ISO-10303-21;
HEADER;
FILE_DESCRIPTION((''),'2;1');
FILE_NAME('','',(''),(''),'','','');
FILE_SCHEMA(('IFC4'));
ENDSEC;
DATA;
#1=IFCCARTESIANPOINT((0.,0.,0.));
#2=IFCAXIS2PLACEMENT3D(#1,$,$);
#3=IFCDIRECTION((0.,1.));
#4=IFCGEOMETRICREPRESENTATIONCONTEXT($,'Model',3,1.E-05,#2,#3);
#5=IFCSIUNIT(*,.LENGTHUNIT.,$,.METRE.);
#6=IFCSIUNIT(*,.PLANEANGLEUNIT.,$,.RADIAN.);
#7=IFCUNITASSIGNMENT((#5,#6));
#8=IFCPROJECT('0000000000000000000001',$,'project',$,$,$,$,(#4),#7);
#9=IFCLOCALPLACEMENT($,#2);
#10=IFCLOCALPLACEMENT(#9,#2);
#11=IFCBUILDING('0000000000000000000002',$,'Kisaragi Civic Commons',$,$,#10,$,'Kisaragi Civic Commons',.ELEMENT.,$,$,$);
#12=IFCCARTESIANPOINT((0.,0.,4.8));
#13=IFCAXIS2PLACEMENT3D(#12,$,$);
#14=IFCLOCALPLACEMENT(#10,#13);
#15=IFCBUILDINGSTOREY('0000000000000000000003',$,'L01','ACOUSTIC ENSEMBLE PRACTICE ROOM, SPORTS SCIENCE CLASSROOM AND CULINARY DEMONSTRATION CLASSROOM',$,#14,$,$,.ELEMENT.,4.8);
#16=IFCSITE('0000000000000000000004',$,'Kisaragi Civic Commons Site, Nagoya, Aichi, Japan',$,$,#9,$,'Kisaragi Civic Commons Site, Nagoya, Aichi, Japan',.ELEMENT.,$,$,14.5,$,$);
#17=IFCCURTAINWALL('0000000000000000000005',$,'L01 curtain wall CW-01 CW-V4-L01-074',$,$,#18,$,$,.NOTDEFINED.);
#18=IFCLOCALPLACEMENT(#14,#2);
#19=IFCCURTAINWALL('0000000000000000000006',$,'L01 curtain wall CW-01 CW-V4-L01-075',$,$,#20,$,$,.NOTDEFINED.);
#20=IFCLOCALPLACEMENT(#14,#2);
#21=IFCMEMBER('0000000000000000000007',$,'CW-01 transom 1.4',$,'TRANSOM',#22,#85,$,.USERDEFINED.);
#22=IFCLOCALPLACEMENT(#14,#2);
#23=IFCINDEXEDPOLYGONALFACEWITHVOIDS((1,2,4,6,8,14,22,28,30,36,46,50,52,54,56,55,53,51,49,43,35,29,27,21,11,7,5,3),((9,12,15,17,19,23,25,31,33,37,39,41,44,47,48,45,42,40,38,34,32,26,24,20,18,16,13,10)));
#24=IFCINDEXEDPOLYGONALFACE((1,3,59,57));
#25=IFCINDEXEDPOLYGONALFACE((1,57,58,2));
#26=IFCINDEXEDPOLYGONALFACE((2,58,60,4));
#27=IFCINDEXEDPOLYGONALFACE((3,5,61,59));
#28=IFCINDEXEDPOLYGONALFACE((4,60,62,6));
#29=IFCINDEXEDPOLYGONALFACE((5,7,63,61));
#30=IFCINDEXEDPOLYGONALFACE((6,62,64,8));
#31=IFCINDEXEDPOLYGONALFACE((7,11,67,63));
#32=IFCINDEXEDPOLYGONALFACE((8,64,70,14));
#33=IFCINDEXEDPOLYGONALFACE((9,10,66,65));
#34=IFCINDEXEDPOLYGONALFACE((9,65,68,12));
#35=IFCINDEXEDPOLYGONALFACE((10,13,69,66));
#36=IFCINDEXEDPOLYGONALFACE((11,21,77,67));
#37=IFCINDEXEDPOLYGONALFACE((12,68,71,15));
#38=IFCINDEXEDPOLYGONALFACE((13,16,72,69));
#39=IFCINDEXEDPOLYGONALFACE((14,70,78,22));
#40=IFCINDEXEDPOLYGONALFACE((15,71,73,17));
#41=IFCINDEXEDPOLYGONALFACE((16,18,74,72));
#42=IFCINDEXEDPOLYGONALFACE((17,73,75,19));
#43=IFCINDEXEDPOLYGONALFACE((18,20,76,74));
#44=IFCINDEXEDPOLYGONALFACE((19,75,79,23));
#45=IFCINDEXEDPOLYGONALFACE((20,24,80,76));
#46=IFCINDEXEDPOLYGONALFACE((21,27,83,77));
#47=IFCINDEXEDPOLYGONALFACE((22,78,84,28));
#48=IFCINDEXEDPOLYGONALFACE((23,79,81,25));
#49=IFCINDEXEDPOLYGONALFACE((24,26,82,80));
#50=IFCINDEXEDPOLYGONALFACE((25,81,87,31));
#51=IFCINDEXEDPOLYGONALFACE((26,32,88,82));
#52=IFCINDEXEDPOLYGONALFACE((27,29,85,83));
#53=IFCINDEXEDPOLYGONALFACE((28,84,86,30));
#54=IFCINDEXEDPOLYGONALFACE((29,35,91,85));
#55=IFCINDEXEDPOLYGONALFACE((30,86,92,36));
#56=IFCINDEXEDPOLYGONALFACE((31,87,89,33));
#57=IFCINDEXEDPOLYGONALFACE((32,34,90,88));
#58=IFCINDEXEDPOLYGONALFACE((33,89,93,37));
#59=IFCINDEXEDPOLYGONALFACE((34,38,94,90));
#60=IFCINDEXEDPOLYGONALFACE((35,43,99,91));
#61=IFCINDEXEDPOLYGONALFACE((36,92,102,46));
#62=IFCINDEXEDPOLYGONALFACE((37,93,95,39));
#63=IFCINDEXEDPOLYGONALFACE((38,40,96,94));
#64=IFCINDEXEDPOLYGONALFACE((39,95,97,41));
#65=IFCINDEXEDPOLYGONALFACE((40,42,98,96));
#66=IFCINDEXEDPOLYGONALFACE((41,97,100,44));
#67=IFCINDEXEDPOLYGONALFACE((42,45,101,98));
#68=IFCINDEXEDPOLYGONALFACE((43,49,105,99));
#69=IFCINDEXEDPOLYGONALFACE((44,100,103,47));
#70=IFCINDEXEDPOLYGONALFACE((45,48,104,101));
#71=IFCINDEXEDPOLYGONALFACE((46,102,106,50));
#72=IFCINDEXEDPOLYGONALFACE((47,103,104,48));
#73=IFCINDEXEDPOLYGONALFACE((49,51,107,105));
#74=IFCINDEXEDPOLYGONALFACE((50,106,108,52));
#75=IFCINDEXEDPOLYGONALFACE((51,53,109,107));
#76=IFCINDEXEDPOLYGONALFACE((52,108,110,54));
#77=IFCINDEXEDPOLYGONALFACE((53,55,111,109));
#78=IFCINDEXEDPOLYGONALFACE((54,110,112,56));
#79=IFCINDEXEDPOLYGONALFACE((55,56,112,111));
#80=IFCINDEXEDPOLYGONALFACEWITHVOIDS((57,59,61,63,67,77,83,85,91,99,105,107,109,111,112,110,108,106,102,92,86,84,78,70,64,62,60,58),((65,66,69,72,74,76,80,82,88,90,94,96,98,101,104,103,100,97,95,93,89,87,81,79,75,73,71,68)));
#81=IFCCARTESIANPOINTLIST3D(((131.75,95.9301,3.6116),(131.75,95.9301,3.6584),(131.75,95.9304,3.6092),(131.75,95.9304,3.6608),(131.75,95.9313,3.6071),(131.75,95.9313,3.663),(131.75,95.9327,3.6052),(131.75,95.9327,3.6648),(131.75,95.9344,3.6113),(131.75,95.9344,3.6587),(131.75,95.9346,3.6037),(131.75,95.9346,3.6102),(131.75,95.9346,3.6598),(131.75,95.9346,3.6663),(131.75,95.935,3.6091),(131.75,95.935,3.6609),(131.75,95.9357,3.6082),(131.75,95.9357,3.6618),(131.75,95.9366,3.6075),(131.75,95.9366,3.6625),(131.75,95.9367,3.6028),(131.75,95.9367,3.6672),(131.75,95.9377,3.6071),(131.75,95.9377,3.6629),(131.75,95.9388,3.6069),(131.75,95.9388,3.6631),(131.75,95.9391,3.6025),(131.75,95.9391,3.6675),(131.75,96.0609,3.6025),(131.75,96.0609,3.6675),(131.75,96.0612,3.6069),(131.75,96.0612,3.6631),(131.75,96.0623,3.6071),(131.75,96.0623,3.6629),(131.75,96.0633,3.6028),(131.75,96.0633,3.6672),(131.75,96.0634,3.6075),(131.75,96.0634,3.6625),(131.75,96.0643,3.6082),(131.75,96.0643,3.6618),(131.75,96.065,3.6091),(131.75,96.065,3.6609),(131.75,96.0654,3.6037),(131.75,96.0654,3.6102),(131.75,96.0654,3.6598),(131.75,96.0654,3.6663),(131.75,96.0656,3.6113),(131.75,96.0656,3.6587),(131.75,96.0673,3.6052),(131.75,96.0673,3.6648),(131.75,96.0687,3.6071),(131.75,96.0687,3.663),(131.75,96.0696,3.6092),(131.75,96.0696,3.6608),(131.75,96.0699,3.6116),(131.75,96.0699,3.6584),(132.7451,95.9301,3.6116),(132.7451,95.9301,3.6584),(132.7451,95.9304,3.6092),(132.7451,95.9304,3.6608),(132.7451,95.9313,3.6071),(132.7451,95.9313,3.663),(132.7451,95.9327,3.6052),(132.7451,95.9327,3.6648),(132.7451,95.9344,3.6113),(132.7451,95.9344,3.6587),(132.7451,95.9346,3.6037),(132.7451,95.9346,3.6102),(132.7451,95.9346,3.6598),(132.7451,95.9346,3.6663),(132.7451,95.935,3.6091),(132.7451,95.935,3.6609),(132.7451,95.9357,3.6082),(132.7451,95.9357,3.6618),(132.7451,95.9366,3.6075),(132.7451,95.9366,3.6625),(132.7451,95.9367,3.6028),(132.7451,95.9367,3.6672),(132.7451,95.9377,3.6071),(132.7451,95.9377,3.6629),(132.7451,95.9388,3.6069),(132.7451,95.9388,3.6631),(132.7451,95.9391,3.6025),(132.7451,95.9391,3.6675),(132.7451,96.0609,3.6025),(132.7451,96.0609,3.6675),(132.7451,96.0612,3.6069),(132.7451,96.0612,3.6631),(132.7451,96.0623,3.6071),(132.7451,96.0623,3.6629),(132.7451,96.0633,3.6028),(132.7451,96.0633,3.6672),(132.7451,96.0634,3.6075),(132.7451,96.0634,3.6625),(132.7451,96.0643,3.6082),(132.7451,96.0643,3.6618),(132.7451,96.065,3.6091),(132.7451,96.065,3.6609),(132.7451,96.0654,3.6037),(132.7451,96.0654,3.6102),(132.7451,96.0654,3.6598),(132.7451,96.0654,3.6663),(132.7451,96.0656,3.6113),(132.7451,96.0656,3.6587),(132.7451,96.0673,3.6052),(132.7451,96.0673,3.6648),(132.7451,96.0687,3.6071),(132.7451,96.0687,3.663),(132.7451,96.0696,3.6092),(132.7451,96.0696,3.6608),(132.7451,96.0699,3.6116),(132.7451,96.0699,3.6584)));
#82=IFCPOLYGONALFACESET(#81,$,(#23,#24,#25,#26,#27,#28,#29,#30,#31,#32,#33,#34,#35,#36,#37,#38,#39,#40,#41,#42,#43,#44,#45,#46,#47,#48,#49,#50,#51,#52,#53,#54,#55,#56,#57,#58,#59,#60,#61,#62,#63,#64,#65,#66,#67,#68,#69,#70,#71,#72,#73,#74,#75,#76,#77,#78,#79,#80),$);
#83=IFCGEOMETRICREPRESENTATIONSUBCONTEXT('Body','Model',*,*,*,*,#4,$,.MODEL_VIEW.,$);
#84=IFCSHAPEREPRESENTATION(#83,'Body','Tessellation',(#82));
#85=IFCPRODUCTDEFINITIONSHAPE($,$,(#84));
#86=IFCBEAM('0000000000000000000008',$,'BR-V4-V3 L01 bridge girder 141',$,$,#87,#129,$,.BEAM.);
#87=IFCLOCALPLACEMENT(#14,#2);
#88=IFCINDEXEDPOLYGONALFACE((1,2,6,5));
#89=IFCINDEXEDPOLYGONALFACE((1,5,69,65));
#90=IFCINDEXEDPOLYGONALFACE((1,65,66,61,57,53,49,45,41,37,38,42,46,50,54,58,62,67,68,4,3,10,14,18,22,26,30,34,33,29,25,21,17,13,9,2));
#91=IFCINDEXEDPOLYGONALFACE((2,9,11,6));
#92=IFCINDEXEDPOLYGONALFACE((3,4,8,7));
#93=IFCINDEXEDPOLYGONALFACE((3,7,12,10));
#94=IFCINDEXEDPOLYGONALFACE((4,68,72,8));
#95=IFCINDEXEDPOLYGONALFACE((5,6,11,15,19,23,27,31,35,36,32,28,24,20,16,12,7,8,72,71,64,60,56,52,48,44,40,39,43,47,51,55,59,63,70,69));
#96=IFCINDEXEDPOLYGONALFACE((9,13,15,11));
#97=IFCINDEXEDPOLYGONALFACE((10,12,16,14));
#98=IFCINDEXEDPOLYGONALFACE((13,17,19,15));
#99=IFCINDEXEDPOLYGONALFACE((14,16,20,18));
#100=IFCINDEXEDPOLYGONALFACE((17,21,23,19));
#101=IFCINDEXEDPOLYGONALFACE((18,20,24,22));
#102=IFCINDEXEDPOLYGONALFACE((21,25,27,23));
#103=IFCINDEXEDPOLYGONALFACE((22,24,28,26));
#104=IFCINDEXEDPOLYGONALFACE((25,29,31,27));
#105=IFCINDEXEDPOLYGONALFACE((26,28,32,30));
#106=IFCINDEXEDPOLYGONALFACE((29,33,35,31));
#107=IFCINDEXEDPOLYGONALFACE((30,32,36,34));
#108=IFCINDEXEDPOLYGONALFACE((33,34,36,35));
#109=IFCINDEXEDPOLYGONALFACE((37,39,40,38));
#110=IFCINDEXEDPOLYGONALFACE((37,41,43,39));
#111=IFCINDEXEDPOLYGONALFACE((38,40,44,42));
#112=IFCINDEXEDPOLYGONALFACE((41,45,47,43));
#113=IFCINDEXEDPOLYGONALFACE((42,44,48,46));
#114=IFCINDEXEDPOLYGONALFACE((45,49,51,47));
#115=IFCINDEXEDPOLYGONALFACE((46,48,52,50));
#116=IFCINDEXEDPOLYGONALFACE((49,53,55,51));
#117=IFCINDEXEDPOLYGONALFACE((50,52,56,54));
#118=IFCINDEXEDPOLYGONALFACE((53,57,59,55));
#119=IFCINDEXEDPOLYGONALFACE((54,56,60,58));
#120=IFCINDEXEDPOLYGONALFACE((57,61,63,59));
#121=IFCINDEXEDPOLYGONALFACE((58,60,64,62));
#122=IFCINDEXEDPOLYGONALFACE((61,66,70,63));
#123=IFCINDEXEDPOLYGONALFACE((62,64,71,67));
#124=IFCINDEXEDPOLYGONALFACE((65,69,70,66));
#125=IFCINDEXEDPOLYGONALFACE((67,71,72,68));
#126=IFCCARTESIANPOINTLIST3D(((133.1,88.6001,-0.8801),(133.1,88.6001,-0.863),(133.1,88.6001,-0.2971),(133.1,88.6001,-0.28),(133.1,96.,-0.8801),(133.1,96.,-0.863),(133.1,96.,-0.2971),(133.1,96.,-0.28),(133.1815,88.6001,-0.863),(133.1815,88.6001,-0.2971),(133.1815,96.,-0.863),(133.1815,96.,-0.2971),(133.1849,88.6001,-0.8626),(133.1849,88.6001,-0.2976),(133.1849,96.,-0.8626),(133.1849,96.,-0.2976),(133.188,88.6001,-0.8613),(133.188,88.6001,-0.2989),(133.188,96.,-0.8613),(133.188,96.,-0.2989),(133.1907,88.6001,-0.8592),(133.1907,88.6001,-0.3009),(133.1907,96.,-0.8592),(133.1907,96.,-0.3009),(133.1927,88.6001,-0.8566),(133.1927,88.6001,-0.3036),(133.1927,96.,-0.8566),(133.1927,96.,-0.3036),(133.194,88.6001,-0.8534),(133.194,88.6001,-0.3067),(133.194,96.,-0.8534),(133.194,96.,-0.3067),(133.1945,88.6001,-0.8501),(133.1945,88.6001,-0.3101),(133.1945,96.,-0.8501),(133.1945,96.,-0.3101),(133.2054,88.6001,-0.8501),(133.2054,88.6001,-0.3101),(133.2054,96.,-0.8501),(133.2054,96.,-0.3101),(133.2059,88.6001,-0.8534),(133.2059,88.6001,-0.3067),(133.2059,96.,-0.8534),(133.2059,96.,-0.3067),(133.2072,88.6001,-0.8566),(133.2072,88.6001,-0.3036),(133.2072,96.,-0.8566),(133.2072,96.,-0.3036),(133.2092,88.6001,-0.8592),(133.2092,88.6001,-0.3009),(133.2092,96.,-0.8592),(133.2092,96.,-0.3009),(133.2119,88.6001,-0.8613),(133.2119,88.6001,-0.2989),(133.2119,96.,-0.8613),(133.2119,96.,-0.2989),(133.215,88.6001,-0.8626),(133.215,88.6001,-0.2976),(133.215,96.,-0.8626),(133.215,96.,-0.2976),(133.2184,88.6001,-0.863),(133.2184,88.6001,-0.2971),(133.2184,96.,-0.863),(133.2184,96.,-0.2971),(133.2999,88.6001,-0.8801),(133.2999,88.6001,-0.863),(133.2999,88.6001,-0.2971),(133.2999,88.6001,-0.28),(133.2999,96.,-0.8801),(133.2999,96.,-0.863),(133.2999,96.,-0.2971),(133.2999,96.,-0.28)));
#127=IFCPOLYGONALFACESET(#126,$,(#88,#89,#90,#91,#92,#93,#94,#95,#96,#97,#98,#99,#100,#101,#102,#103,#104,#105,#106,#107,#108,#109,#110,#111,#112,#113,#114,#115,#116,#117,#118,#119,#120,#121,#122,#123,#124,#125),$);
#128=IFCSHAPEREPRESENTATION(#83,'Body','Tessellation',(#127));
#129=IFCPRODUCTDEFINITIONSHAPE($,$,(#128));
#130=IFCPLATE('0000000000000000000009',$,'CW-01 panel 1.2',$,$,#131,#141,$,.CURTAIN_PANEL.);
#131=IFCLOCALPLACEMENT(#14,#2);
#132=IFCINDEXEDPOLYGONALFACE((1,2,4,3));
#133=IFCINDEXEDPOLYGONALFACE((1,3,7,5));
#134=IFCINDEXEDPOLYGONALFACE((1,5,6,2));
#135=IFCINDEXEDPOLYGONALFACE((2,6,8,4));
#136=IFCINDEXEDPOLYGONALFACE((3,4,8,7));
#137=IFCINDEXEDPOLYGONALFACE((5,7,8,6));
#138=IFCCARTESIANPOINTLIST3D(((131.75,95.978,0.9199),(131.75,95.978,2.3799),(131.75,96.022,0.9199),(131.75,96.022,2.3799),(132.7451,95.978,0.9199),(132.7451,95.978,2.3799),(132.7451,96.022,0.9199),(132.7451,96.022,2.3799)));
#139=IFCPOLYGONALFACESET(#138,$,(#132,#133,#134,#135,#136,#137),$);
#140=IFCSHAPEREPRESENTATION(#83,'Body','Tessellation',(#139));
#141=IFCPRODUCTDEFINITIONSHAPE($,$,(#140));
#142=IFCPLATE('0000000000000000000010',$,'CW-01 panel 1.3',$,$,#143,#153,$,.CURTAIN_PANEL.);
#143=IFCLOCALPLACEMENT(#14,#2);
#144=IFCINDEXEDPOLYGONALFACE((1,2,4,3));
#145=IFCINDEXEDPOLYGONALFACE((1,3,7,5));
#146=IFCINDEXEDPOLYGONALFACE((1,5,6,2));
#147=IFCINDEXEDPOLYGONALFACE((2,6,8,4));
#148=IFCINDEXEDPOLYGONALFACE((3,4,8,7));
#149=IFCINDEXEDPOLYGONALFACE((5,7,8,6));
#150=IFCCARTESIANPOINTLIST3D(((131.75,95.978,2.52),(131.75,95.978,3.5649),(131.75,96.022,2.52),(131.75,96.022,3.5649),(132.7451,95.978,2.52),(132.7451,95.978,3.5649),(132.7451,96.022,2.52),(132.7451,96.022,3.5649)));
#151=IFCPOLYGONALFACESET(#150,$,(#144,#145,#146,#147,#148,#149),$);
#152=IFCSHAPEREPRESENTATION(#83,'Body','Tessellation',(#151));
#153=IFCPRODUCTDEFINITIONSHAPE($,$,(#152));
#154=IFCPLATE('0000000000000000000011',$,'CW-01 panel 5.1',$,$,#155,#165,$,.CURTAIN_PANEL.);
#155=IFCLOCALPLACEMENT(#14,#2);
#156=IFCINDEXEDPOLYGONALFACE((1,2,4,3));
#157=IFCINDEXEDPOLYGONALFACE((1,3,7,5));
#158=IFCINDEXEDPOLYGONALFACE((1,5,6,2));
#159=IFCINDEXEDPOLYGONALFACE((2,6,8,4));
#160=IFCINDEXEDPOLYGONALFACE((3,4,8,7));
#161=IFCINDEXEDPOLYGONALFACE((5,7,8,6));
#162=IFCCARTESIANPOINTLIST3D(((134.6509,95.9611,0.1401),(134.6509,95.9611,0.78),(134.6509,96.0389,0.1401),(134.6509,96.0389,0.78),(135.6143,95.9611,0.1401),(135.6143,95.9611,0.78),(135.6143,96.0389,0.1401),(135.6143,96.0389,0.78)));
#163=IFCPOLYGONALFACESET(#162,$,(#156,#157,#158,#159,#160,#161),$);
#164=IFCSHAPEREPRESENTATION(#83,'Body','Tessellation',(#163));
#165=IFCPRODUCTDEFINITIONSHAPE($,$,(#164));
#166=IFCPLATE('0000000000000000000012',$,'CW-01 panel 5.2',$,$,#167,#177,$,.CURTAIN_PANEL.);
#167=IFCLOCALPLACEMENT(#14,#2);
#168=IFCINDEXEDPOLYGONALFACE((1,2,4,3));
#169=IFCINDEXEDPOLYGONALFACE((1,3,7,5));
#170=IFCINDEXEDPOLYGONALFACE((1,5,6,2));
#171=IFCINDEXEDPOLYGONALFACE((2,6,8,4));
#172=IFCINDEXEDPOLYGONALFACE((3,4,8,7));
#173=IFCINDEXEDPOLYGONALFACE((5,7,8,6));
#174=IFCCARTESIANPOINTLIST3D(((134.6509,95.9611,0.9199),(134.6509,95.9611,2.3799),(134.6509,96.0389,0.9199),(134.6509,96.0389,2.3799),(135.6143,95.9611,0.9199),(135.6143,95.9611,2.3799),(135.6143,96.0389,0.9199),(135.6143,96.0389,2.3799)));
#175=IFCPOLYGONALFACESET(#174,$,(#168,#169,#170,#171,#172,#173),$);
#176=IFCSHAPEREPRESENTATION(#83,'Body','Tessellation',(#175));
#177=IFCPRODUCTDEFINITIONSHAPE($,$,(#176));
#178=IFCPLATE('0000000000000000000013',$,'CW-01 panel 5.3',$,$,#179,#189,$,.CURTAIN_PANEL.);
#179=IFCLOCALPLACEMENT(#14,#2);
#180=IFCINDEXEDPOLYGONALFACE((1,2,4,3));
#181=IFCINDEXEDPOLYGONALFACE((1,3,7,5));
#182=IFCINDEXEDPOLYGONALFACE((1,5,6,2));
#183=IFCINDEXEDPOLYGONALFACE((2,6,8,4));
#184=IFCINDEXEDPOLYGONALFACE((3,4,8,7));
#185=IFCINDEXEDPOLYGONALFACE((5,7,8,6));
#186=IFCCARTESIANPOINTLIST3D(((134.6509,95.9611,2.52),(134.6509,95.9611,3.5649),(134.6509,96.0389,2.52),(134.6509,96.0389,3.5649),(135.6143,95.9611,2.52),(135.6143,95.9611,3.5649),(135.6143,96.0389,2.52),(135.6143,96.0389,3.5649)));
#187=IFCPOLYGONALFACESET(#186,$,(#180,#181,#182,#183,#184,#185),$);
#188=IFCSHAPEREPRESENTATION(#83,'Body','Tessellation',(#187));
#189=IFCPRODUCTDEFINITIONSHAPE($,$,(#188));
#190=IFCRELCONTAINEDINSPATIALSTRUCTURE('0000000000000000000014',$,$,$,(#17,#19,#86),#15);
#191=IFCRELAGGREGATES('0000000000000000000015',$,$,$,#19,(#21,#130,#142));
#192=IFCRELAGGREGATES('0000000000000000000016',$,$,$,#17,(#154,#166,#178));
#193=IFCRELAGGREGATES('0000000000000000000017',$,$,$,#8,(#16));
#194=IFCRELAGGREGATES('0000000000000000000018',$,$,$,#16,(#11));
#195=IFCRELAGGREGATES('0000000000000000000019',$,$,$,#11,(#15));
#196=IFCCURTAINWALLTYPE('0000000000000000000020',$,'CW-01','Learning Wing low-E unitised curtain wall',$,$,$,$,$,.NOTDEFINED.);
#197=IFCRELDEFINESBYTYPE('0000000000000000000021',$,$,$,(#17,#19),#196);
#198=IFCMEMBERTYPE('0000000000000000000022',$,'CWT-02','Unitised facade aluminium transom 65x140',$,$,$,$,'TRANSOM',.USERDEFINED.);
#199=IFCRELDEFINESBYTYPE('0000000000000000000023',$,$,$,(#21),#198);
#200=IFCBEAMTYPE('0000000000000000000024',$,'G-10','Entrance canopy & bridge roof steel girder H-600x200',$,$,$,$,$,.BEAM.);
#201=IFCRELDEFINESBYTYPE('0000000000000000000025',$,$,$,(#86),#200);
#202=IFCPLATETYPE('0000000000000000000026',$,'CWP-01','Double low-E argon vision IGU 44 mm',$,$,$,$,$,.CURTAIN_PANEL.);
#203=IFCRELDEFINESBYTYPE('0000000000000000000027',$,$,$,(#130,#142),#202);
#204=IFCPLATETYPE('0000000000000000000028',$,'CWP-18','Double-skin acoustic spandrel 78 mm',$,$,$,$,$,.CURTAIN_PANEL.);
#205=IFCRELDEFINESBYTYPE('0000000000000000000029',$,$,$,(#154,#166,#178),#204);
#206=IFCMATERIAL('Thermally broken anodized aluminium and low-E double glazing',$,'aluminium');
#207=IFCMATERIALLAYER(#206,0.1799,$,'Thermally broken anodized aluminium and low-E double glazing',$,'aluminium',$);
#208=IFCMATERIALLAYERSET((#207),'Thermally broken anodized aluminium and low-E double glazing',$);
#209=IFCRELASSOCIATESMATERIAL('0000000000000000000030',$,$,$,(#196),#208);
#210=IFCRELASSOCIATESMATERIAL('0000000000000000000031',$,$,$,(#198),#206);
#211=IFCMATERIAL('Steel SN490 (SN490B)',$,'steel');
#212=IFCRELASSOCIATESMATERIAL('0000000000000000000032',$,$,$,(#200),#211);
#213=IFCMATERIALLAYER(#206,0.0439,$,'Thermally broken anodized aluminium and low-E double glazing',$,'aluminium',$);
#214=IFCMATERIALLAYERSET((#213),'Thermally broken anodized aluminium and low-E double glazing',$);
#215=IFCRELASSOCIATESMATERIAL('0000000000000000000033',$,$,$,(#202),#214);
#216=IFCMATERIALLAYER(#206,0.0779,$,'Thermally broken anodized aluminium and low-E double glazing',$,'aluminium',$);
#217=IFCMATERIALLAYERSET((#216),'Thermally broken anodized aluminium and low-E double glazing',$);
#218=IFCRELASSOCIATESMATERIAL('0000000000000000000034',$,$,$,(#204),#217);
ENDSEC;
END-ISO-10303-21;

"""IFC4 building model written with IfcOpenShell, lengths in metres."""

from ifc_helpers import new_model, si_unit, direction, frame, origin, origin_2d, place, context, subcontext, project, spatial, rectangle, hollow_rectangle, i_section, extrude, material, layer, layer_set, material_profile, profile_set, type_object, element, aggregate, save


model = new_model("IFC4")

# Units and contexts
model_context = context("Model", 3, precision=1e-05, world=origin(), true_north=direction((0.0, 1.0)))
body_context = subcontext(model_context, "Body", "Model", "MODEL_VIEW")
ifc_project = project(units=[si_unit("LENGTHUNIT", "METRE"), si_unit("PLANEANGLEUNIT", "RADIAN")], contexts=[model_context])

# Site, building, storey
site_placement = place(None, origin())
site = spatial("IfcSite", under=ifc_project, at=site_placement, Name="Kisaragi Civic Commons Site, Nagoya, Aichi, Japan", LongName="Kisaragi Civic Commons Site, Nagoya, Aichi, Japan", CompositionType="ELEMENT", RefElevation=14.5)
building_placement = place(site_placement, origin())
building = spatial("IfcBuilding", under=site, at=building_placement, Name="Kisaragi Civic Commons", LongName="Kisaragi Civic Commons", CompositionType="ELEMENT")
storey_placement = place(building_placement, frame((0.0, 0.0, 4.8)))
storey = spatial("IfcBuildingStorey", under=building, at=storey_placement, Name="L01", Description="ACOUSTIC ENSEMBLE PRACTICE ROOM, SPORTS SCIENCE CLASSROOM AND CULINARY DEMONSTRATION CLASSROOM", CompositionType="ELEMENT", Elevation=4.8)

# Curtain wall
ifc_material_1 = material(Name="Thermally broken anodized aluminium and low-E double glazing", Category="aluminium")
ifc_layer_1 = layer(ifc_material_1, 0.1799, Name="Thermally broken anodized aluminium and low-E double glazing", Category="aluminium")
ifc_layer_set_1 = layer_set([ifc_layer_1], Name="Thermally broken anodized aluminium and low-E double glazing")
curtain_wall_type = type_object("IfcCurtainWallType", Name="CW-01", Description="Learning Wing low-E unitised curtain wall", PredefinedType="NOTDEFINED", material=ifc_layer_set_1)
curtain_wall_1_placement = place(storey_placement, origin())
curtain_wall_1 = element("IfcCurtainWall", 1, at=curtain_wall_1_placement, inside=storey, type_object=curtain_wall_type, Name="L01 curtain wall CW-01 CW-V4-L01-074", PredefinedType="NOTDEFINED")

# Curtain wall
curtain_wall_2_placement = place(storey_placement, origin())
curtain_wall_2 = element("IfcCurtainWall", 2, at=curtain_wall_2_placement, inside=storey, type_object=curtain_wall_type, Name="L01 curtain wall CW-01 CW-V4-L01-075", PredefinedType="NOTDEFINED")

# Member
ifc_material_profile_1 = material_profile(ifc_material_1, hollow_rectangle(XDim=0.1399, YDim=0.0649, WallThickness=0.0044, InnerFilletRadius=0.0044, OuterFilletRadius=0.009, at=origin_2d()), Name="CWT-65x140x4.5", Category="aluminium")
ifc_profile_set_1 = profile_set([ifc_material_profile_1], Name="Thermally broken anodized aluminium and low-E double glazing")
member_type_1 = type_object("IfcMemberType", Name="CWT-02", Description="Unitised facade aluminium transom 65x140", ElementType="TRANSOM", PredefinedType="USERDEFINED", material=ifc_profile_set_1)
member_1_placement = place(storey_placement, frame((132.7451, 96.0, 3.635), z_axis=(-1.0, 0.0, 0.0), x_axis=(0.0, -1.0, 0.0)))
member_1 = element("IfcMember", 3, at=member_1_placement, type_object=member_type_1, Name="CW-01 transom 1.4", ObjectType="TRANSOM", PredefinedType="USERDEFINED", context=body_context, shape_type="SweptSolid", body=[
    extrude(hollow_rectangle(XDim=0.1399, YDim=0.0649, WallThickness=0.0044, InnerFilletRadius=0.0044, OuterFilletRadius=0.009, at=origin_2d()), origin(), (0.0, 0.0, 1.0), 0.9951),
])

# Beam
ifc_material_2 = material(Name="Steel SN490 (SN490B)", Category="steel")
ifc_material_profile_2 = material_profile(ifc_material_2, i_section(OverallWidth=0.2, OverallDepth=0.6001, WebThickness=0.011, FlangeThickness=0.0171, FilletRadius=0.0129, at=origin_2d()), Name="H-600x200x11x17", Category="steel")
ifc_profile_set_2 = profile_set([ifc_material_profile_2], Name="Steel SN490 (SN490B)")
beam_type = type_object("IfcBeamType", Name="G-10", Description="Entrance canopy & bridge roof steel girder H-600x200", PredefinedType="BEAM", material=ifc_profile_set_2)
beam_placement = place(storey_placement, frame((133.2, 96.0, -0.5801), z_axis=(0.0, -1.0, 0.0), x_axis=(1.0, 0.0, 0.0)))
element("IfcBeam", 4, at=beam_placement, inside=storey, type_object=beam_type, Name="BR-V4-V3 L01 bridge girder 141", PredefinedType="BEAM", context=body_context, shape_type="SweptSolid", body=[
    extrude(i_section(OverallWidth=0.2, OverallDepth=0.6001, WebThickness=0.011, FlangeThickness=0.0171, FilletRadius=0.0129, at=origin_2d()), origin(), (0.0, 0.0, 1.0), 7.3999),
])

# Plates
ifc_layer_2 = layer(ifc_material_1, 0.0439, Name="Thermally broken anodized aluminium and low-E double glazing", Category="aluminium")
ifc_layer_set_2 = layer_set([ifc_layer_2], Name="Thermally broken anodized aluminium and low-E double glazing")
plate_type_1 = type_object("IfcPlateType", Name="CWP-01", Description="Double low-E argon vision IGU 44 mm", PredefinedType="CURTAIN_PANEL", material=ifc_layer_set_2)
plate_1_placement = place(storey_placement, frame((132.2476, 96.0, 0.9199), z_axis=(0.0, 0.0, 1.0), x_axis=(-1.0, 0.0, 0.0)))
plate_1 = element("IfcPlate", 5, at=plate_1_placement, type_object=plate_type_1, Name="CW-01 panel 1.2", PredefinedType="CURTAIN_PANEL", context=body_context, shape_type="SweptSolid", body=[
    extrude(rectangle(XDim=0.9951, YDim=0.0439, at=origin_2d()), origin(), (0.0, 0.0, 1.0), 1.46),
])
plate_2_placement = place(storey_placement, frame((132.2476, 96.0, 2.52), z_axis=(0.0, 0.0, 1.0), x_axis=(-1.0, 0.0, 0.0)))
plate_2 = element("IfcPlate", 6, at=plate_2_placement, type_object=plate_type_1, Name="CW-01 panel 1.3", PredefinedType="CURTAIN_PANEL", context=body_context, shape_type="SweptSolid", body=[
    extrude(rectangle(XDim=0.9951, YDim=0.0439, at=origin_2d()), origin(), (0.0, 0.0, 1.0), 1.0449),
])
aggregate(curtain_wall_2, [member_1, plate_1, plate_2])
ifc_layer_3 = layer(ifc_material_1, 0.0779, Name="Thermally broken anodized aluminium and low-E double glazing", Category="aluminium")
ifc_layer_set_3 = layer_set([ifc_layer_3], Name="Thermally broken anodized aluminium and low-E double glazing")
plate_type_2 = type_object("IfcPlateType", Name="CWP-18", Description="Double-skin acoustic spandrel 78 mm", PredefinedType="CURTAIN_PANEL", material=ifc_layer_set_3)
plate_3_placement = place(storey_placement, frame((135.1326, 96.0, 0.1401), z_axis=(0.0, 0.0, 1.0), x_axis=(-1.0, 0.0, 0.0)))
plate_3 = element("IfcPlate", 7, at=plate_3_placement, type_object=plate_type_2, Name="CW-01 panel 5.1", PredefinedType="CURTAIN_PANEL", context=body_context, shape_type="SweptSolid", body=[
    extrude(rectangle(XDim=0.9634, YDim=0.0779, at=origin_2d()), origin(), (0.0, 0.0, 1.0), 0.6399),
])
plate_4_placement = place(storey_placement, frame((135.1326, 96.0, 0.9199), z_axis=(0.0, 0.0, 1.0), x_axis=(-1.0, 0.0, 0.0)))
plate_4 = element("IfcPlate", 8, at=plate_4_placement, type_object=plate_type_2, Name="CW-01 panel 5.2", PredefinedType="CURTAIN_PANEL", context=body_context, shape_type="SweptSolid", body=[
    extrude(rectangle(XDim=0.9634, YDim=0.0779, at=origin_2d()), origin(), (0.0, 0.0, 1.0), 1.46),
])
plate_5_placement = place(storey_placement, frame((135.1326, 96.0, 2.52), z_axis=(0.0, 0.0, 1.0), x_axis=(-1.0, 0.0, 0.0)))
plate_5 = element("IfcPlate", 9, at=plate_5_placement, type_object=plate_type_2, Name="CW-01 panel 5.3", PredefinedType="CURTAIN_PANEL", context=body_context, shape_type="SweptSolid", body=[
    extrude(rectangle(XDim=0.9634, YDim=0.0779, at=origin_2d()), origin(), (0.0, 0.0, 1.0), 1.0449),
])
aggregate(curtain_wall_1, [plate_3, plate_4, plate_5])

save(model, "model.ifc")
